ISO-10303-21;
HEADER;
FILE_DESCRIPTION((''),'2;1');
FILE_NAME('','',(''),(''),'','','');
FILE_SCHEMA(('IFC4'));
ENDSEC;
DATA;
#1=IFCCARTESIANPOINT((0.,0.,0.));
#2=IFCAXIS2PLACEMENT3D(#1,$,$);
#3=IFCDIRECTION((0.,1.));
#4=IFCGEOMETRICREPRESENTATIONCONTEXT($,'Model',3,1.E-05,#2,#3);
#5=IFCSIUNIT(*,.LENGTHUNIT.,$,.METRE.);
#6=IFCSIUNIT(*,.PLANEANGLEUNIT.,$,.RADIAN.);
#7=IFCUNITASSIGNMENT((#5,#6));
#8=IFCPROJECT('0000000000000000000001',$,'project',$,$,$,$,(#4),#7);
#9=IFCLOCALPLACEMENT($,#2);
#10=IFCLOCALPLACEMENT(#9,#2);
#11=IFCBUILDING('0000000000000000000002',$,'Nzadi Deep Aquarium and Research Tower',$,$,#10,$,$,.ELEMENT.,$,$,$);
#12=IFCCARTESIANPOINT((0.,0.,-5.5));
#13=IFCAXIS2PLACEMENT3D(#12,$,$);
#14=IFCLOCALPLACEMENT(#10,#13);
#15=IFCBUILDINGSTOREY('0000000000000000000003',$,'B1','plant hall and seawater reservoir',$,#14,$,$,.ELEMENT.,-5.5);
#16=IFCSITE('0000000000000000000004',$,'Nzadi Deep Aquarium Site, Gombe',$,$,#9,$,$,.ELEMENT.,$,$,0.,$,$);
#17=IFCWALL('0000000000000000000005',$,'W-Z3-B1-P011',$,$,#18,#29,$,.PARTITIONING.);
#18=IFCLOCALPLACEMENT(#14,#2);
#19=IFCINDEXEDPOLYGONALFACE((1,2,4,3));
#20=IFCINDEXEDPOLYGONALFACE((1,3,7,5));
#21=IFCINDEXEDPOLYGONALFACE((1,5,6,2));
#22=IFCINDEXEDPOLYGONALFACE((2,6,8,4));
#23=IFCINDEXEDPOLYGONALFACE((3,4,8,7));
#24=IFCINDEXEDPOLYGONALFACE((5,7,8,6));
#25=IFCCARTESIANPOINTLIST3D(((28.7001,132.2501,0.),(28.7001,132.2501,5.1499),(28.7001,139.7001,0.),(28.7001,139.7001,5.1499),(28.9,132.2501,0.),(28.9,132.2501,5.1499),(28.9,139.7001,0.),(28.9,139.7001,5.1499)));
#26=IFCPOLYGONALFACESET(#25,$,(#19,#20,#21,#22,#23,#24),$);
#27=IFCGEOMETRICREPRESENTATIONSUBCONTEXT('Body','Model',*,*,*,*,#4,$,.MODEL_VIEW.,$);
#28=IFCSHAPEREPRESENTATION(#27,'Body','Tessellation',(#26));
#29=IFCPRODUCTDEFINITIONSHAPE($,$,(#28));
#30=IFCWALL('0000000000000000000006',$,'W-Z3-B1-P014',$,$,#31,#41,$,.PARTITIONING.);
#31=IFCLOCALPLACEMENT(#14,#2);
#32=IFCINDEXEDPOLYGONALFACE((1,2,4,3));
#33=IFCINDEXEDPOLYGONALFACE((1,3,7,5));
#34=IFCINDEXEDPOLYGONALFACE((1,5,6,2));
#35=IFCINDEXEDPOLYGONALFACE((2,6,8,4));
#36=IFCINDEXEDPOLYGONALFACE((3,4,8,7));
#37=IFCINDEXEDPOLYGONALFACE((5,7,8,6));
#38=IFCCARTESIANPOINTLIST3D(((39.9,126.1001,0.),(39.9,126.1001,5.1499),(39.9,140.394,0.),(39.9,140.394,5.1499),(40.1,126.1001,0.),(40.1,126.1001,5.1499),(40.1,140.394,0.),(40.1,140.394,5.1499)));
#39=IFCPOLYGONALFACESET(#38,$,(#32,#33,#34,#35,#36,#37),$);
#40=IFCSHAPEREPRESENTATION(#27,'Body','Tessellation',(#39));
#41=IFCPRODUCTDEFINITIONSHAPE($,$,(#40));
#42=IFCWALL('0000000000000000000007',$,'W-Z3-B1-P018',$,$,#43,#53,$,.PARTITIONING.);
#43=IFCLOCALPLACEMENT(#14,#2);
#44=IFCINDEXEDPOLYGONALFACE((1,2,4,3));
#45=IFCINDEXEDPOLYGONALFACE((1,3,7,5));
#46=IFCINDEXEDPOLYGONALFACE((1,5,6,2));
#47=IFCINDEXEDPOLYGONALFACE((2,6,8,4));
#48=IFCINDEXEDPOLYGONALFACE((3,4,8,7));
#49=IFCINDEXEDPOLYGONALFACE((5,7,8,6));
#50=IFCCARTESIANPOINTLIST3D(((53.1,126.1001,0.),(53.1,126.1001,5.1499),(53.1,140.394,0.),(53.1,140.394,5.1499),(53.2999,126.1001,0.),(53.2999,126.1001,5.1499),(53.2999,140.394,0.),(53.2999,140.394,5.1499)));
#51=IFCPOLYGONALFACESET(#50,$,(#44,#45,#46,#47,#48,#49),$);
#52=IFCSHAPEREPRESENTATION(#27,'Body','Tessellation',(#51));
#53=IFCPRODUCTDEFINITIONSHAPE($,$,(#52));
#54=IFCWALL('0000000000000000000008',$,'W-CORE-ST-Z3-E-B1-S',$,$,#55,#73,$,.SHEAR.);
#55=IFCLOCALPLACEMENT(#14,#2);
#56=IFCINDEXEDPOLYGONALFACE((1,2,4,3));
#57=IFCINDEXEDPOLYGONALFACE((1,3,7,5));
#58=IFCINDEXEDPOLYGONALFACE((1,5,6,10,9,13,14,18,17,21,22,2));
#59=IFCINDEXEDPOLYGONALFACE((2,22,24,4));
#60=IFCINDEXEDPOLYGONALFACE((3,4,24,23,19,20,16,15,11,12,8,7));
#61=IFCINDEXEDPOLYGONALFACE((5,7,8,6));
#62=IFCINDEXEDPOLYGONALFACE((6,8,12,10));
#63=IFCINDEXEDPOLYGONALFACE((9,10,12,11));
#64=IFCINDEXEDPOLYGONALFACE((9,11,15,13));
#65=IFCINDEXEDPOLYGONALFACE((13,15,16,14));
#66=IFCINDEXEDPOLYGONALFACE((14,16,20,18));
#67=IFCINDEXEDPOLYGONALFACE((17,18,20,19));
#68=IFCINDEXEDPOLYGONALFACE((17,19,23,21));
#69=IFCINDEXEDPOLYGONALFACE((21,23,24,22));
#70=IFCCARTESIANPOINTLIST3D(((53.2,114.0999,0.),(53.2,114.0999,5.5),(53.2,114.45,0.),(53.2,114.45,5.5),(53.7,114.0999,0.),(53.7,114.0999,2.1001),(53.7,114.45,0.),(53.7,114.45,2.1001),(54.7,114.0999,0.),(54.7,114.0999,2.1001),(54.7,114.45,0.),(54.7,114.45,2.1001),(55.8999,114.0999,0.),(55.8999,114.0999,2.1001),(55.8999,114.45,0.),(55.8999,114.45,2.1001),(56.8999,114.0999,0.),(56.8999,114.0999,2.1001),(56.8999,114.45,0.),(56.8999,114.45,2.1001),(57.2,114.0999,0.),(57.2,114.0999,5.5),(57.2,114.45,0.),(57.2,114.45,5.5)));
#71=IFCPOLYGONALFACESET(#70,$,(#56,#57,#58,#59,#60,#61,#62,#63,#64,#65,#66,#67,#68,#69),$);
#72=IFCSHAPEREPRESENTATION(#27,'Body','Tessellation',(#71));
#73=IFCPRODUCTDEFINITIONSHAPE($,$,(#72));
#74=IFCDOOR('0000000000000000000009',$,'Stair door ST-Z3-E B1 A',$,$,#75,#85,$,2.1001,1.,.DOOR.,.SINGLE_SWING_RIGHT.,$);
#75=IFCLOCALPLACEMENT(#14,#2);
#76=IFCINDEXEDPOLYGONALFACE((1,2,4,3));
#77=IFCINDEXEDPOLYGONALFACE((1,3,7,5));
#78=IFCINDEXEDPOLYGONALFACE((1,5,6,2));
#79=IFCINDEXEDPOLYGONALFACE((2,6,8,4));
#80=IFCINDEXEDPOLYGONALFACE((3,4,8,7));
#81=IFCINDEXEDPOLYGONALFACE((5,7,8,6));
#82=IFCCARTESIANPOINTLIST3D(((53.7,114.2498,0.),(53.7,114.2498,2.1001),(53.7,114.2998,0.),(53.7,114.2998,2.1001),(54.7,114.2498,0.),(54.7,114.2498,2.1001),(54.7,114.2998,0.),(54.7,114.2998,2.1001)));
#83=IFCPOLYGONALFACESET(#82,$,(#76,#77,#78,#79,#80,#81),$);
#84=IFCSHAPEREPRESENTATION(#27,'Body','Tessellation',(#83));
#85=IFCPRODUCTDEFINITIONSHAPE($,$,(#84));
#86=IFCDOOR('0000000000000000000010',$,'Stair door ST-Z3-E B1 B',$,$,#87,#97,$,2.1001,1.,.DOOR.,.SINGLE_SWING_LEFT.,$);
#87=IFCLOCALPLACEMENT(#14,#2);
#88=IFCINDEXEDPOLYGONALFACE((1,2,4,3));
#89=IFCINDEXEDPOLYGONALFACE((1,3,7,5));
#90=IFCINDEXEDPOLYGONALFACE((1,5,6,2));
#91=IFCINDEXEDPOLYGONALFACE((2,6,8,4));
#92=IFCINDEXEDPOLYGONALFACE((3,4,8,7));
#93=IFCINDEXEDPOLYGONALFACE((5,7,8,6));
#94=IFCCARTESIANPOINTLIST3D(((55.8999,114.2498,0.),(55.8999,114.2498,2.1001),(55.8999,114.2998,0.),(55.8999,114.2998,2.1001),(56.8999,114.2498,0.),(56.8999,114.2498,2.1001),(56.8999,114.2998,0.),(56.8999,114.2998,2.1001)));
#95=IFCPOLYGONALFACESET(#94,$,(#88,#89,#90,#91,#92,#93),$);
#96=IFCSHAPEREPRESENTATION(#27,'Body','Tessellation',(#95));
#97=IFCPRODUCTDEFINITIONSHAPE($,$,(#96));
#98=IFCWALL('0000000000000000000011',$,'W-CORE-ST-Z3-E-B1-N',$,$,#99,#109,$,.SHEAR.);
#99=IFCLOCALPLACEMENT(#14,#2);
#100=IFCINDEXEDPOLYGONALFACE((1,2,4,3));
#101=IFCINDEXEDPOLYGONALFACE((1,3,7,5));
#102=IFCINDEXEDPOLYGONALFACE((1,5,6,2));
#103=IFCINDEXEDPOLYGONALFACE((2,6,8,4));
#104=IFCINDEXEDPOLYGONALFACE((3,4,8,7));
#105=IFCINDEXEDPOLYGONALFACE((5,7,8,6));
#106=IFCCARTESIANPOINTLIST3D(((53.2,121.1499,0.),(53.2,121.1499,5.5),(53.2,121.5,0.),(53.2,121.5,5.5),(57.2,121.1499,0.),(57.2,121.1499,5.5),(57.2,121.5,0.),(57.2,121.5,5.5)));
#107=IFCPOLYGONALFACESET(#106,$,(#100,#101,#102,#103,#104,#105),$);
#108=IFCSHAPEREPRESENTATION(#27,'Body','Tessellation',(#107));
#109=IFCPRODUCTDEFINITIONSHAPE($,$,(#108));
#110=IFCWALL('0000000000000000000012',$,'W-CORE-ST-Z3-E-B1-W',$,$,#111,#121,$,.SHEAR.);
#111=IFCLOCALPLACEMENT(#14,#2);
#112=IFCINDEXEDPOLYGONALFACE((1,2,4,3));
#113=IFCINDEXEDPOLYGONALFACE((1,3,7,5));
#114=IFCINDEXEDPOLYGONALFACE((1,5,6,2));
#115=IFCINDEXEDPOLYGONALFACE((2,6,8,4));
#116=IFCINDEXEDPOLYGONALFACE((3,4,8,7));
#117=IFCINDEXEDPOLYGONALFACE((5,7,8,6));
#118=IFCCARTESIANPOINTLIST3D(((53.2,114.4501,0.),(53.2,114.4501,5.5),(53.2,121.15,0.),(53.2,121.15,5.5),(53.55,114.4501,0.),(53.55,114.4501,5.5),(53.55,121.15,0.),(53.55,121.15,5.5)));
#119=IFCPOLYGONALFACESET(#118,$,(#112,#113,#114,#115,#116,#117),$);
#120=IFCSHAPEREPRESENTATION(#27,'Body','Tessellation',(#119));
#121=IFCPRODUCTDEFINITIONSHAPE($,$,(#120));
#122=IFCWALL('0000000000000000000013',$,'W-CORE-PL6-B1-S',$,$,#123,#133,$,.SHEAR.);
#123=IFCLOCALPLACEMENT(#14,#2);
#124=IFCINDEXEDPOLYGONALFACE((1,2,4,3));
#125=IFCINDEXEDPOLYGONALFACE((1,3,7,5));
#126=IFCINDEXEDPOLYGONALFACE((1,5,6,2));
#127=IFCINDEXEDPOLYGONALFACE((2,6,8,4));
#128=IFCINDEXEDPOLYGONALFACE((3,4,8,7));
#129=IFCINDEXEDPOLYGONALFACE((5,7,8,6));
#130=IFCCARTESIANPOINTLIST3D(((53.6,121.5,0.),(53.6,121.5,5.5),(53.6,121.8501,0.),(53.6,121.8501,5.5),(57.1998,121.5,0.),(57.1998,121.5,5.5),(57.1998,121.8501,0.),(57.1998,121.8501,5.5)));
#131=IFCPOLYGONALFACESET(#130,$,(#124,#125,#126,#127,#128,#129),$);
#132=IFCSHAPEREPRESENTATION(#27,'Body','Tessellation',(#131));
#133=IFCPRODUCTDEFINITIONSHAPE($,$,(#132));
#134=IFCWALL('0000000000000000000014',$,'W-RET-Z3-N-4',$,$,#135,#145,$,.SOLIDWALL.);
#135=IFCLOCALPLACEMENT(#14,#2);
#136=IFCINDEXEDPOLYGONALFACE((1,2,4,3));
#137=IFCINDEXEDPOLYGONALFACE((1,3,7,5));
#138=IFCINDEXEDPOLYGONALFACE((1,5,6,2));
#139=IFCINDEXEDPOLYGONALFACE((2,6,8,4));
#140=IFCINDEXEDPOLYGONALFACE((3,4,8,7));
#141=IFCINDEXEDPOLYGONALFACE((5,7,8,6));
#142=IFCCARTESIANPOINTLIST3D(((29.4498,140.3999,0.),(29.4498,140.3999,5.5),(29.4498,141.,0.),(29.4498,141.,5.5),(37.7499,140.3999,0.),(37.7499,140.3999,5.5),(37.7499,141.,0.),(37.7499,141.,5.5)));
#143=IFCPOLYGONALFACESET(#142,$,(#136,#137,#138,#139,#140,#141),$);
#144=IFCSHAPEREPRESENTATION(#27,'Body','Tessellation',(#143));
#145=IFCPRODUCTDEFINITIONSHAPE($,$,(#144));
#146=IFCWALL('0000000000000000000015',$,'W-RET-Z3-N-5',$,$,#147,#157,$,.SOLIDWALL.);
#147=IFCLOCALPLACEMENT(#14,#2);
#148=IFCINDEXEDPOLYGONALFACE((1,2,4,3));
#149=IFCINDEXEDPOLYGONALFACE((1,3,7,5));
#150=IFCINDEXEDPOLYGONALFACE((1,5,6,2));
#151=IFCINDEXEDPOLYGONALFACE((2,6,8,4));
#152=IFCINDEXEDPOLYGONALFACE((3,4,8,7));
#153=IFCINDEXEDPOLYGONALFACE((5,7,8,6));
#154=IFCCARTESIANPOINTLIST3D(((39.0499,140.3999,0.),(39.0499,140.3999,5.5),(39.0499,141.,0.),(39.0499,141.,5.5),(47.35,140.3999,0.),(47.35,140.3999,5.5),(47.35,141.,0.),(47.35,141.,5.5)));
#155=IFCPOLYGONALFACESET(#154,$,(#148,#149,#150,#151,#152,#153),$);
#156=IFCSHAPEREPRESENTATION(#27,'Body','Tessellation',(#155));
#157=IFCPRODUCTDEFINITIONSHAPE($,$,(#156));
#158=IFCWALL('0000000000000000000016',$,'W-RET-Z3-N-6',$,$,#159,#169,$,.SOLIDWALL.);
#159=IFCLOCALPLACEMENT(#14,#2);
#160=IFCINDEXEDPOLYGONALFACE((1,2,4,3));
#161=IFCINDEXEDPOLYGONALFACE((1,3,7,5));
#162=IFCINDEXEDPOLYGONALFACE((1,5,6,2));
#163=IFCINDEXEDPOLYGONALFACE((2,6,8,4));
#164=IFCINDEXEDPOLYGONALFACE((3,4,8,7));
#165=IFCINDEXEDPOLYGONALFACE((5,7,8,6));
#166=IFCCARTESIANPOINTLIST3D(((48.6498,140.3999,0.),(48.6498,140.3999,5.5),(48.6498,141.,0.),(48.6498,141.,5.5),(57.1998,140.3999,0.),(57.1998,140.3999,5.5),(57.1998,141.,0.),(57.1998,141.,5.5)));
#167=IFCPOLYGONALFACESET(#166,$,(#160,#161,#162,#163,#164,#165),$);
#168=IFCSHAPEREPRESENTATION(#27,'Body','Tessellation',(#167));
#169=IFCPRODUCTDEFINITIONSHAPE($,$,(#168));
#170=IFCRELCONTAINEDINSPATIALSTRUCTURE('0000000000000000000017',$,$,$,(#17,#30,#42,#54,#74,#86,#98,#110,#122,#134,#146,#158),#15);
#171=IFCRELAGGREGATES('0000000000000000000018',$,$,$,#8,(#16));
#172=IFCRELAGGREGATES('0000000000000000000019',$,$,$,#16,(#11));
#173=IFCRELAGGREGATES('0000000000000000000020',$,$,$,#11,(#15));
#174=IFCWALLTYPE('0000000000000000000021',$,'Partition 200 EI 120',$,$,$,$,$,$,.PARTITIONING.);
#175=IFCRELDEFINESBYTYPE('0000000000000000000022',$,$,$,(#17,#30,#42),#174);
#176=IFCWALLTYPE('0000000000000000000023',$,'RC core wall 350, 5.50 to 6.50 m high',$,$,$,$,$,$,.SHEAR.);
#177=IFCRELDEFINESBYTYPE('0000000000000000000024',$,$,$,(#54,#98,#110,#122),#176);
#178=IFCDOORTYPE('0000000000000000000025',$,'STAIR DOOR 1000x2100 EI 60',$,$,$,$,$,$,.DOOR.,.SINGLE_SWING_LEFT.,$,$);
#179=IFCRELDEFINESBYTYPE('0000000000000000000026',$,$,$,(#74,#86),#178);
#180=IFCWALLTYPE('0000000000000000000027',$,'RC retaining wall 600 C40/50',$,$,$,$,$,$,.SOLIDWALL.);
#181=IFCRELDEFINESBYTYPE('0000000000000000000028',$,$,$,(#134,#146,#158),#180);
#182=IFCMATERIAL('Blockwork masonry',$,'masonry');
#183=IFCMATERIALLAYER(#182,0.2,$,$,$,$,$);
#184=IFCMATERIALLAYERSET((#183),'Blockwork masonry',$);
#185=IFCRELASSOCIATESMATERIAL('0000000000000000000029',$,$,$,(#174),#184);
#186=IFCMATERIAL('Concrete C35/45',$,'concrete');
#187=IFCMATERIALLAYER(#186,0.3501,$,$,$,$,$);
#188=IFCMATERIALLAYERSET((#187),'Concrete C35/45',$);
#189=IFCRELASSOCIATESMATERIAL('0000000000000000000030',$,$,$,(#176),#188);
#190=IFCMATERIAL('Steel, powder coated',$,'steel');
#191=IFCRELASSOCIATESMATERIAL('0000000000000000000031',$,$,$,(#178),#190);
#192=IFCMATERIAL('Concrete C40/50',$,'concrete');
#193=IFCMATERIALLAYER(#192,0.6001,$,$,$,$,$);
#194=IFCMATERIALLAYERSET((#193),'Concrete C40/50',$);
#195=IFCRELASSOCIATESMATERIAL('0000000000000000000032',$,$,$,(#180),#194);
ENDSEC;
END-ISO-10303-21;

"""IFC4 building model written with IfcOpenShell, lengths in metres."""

from ifc_helpers import new_model, si_unit, direction, frame, frame_2d, origin, place, context, subcontext, project, spatial, rectangle, extrude, material, layer, layer_set, type_object, element, fill, save


model = new_model("IFC4")

# Units and contexts
model_context = context("Model", 3, precision=1e-05, world=origin(), true_north=direction((0.0, 1.0)))
body_context = subcontext(model_context, "Body", "Model", "MODEL_VIEW")
ifc_project = project(units=[si_unit("LENGTHUNIT", "METRE"), si_unit("PLANEANGLEUNIT", "RADIAN")], contexts=[model_context])

# Site, building, storey
site_placement = place(None, origin())
site = spatial("IfcSite", under=ifc_project, at=site_placement, Name="Nzadi Deep Aquarium Site, Gombe", CompositionType="ELEMENT", RefElevation=0.0)
building_placement = place(site_placement, origin())
building = spatial("IfcBuilding", under=site, at=building_placement, Name="Nzadi Deep Aquarium and Research Tower", CompositionType="ELEMENT")
storey_placement = place(building_placement, frame((0.0, 0.0, -5.5)))
storey = spatial("IfcBuildingStorey", under=building, at=storey_placement, Name="B1", Description="plant hall and seawater reservoir", CompositionType="ELEMENT", Elevation=-5.5)

# Walls
ifc_material_1 = material(Name="Blockwork masonry", Category="masonry")
ifc_layer_1 = layer(ifc_material_1, 0.2)
ifc_layer_set_1 = layer_set([ifc_layer_1], Name="Blockwork masonry")
wall_type_1 = type_object("IfcWallType", Name="Partition 200 EI 120", PredefinedType="PARTITIONING", material=ifc_layer_set_1)
wall_1_placement = place(storey_placement, frame((28.8, 132.25, 0.0), z_axis=(0.0, 0.0, 1.0), x_axis=(0.0, 1.0, 0.0)))
element("IfcWall", 1, at=wall_1_placement, inside=storey, type_object=wall_type_1, Name="W-Z3-B1-P011", PredefinedType="PARTITIONING", context=body_context, shape_type="SweptSolid", body=[
    extrude(rectangle(XDim=7.45, YDim=0.2, at=frame_2d((3.7251, 0.0))), origin(), (0.0, 0.0, 1.0), 5.1499),
])
for number, where, z_axis, x_axis, name in (
    (2, (40.0, 126.1001, 0.0), (0.0, 0.0, 1.0), (0.0, 1.0, 0.0), "W-Z3-B1-P014"),
    (3, (53.2, 126.1001, 0.0), (0.0, 0.0, 1.0), (0.0, 1.0, 0.0), "W-Z3-B1-P018"),
):
    element("IfcWall", number, at=place(storey_placement, frame(where, z_axis=z_axis, x_axis=x_axis)), inside=storey, type_object=wall_type_1, Name=name, PredefinedType="PARTITIONING", context=body_context, shape_type="SweptSolid", body=[
        extrude(rectangle(XDim=14.2939, YDim=0.2, at=frame_2d((7.147, 0.0))), origin(), (0.0, 0.0, 1.0), 5.1499),
    ])

# Wall, openings, doors
ifc_material_2 = material(Name="Concrete C35/45", Category="concrete")
ifc_layer_2 = layer(ifc_material_2, 0.3501)
ifc_layer_set_2 = layer_set([ifc_layer_2], Name="Concrete C35/45")
wall_type_2 = type_object("IfcWallType", Name="RC core wall 350, 5.50 to 6.50 m high", PredefinedType="SHEAR", material=ifc_layer_set_2)
wall_2_placement = place(storey_placement, frame((53.2, 114.2749, 0.0), z_axis=(0.0, 0.0, 1.0), x_axis=(1.0, 0.0, 0.0)))
wall_2 = element("IfcWall", 4, at=wall_2_placement, inside=storey, type_object=wall_type_2, Name="W-CORE-ST-Z3-E-B1-S", PredefinedType="SHEAR", context=body_context, shape_type="SweptSolid", body=[
    extrude(rectangle(XDim=4.0, YDim=0.3501, at=frame_2d((2.0, 0.0))), origin(), (0.0, 0.0, 1.0), 5.5),
])
opening_1_placement = place(wall_2_placement, frame((0.5, 0.0, 0.0)))
opening_1 = element("IfcOpeningElement", 5, at=opening_1_placement, cuts=wall_2, PredefinedType="OPENING", context=body_context, shape_type="SweptSolid", body=[
    extrude(rectangle(XDim=1.0, YDim=2.1001, at=frame_2d((0.5, 1.05))), frame((0.0, 0.1851, 0.0), z_axis=(0.0, -1.0, 0.0), x_axis=(1.0, 0.0, 0.0)), (0.0, 0.0, 1.0), 0.3701),
])
opening_2_placement = place(wall_2_placement, frame((2.7, 0.0, 0.0)))
opening_2 = element("IfcOpeningElement", 6, at=opening_2_placement, cuts=wall_2, PredefinedType="OPENING", context=body_context, shape_type="SweptSolid", body=[
    extrude(rectangle(XDim=1.0, YDim=2.1001, at=frame_2d((0.5, 1.05))), frame((0.0, 0.1851, 0.0), z_axis=(0.0, -1.0, 0.0), x_axis=(1.0, 0.0, 0.0)), (0.0, 0.0, 1.0), 0.3701),
])
ifc_material_3 = material(Name="Steel, powder coated", Category="steel")
door_type = type_object("IfcDoorType", Name="STAIR DOOR 1000x2100 EI 60", OperationType="SINGLE_SWING_LEFT", PredefinedType="DOOR", material=ifc_material_3)
door_1_placement = place(opening_1_placement, origin())
door_1 = element("IfcDoor", 7, at=door_1_placement, inside=storey, type_object=door_type, Name="Stair door ST-Z3-E B1 A", OperationType="SINGLE_SWING_RIGHT", OverallHeight=2.1001, OverallWidth=1.0, PredefinedType="DOOR", context=body_context, shape_type="SweptSolid", body=[
    extrude(rectangle(XDim=1.0, YDim=2.1001, at=frame_2d((0.5, 1.05))), frame((0.0, 0.0249, 0.0), z_axis=(0.0, -1.0, 0.0), x_axis=(1.0, 0.0, 0.0)), (0.0, 0.0, 1.0), 0.05),
])
fill(opening_1, door_1)
door_2_placement = place(opening_2_placement, origin())
door_2 = element("IfcDoor", 8, at=door_2_placement, inside=storey, type_object=door_type, Name="Stair door ST-Z3-E B1 B", OperationType="SINGLE_SWING_LEFT", OverallHeight=2.1001, OverallWidth=1.0, PredefinedType="DOOR", context=body_context, shape_type="SweptSolid", body=[
    extrude(rectangle(XDim=1.0, YDim=2.1001, at=frame_2d((0.5, 1.05))), frame((0.0, 0.0249, 0.0), z_axis=(0.0, -1.0, 0.0), x_axis=(1.0, 0.0, 0.0)), (0.0, 0.0, 1.0), 0.05),
])
fill(opening_2, door_2)

# Walls
wall_3_placement = place(storey_placement, frame((53.2, 121.325, 0.0), z_axis=(0.0, 0.0, 1.0), x_axis=(1.0, 0.0, 0.0)))
element("IfcWall", 9, at=wall_3_placement, inside=storey, type_object=wall_type_2, Name="W-CORE-ST-Z3-E-B1-N", PredefinedType="SHEAR", context=body_context, shape_type="SweptSolid", body=[
    extrude(rectangle(XDim=4.0, YDim=0.3501, at=frame_2d((2.0, 0.0))), origin(), (0.0, 0.0, 1.0), 5.5),
])
wall_4_placement = place(storey_placement, frame((53.375, 114.45, 0.0), z_axis=(0.0, 0.0, 1.0), x_axis=(0.0, 1.0, 0.0)))
element("IfcWall", 10, at=wall_4_placement, inside=storey, type_object=wall_type_2, Name="W-CORE-ST-Z3-E-B1-W", PredefinedType="SHEAR", context=body_context, shape_type="SweptSolid", body=[
    extrude(rectangle(XDim=6.7, YDim=0.3501, at=frame_2d((3.3501, 0.0))), origin(), (0.0, 0.0, 1.0), 5.5),
])
wall_5_placement = place(storey_placement, frame((53.6001, 121.675, 0.0), z_axis=(0.0, 0.0, 1.0), x_axis=(1.0, 0.0, 0.0)))
element("IfcWall", 11, at=wall_5_placement, inside=storey, type_object=wall_type_2, Name="W-CORE-PL6-B1-S", PredefinedType="SHEAR", context=body_context, shape_type="SweptSolid", body=[
    extrude(rectangle(XDim=3.5999, YDim=0.3501, at=frame_2d((1.7998, 0.0))), origin(), (0.0, 0.0, 1.0), 5.5),
])
ifc_material_4 = material(Name="Concrete C40/50", Category="concrete")
ifc_layer_3 = layer(ifc_material_4, 0.6001)
ifc_layer_set_3 = layer_set([ifc_layer_3], Name="Concrete C40/50")
wall_type_3 = type_object("IfcWallType", Name="RC retaining wall 600 C40/50", PredefinedType="SOLIDWALL", material=ifc_layer_set_3)
for number, where, z_axis, x_axis, name in (
    (12, (29.45, 140.7, 0.0), (0.0, 0.0, 1.0), (1.0, 0.0, 0.0), "W-RET-Z3-N-4"),
    (13, (39.05, 140.7, 0.0), (0.0, 0.0, 1.0), (1.0, 0.0, 0.0), "W-RET-Z3-N-5"),
):
    element("IfcWall", number, at=place(storey_placement, frame(where, z_axis=z_axis, x_axis=x_axis)), inside=storey, type_object=wall_type_3, Name=name, PredefinedType="SOLIDWALL", context=body_context, shape_type="SweptSolid", body=[
        extrude(rectangle(XDim=8.3, YDim=0.6001, at=frame_2d((4.1499, 0.0))), origin(), (0.0, 0.0, 1.0), 5.5),
    ])
wall_6_placement = place(storey_placement, frame((48.6499, 140.7, 0.0), z_axis=(0.0, 0.0, 1.0), x_axis=(1.0, 0.0, 0.0)))
element("IfcWall", 14, at=wall_6_placement, inside=storey, type_object=wall_type_3, Name="W-RET-Z3-N-6", PredefinedType="SOLIDWALL", context=body_context, shape_type="SweptSolid", body=[
    extrude(rectangle(XDim=8.55, YDim=0.6001, at=frame_2d((4.2749, 0.0))), origin(), (0.0, 0.0, 1.0), 5.5),
])

save(model, "model.ifc")
